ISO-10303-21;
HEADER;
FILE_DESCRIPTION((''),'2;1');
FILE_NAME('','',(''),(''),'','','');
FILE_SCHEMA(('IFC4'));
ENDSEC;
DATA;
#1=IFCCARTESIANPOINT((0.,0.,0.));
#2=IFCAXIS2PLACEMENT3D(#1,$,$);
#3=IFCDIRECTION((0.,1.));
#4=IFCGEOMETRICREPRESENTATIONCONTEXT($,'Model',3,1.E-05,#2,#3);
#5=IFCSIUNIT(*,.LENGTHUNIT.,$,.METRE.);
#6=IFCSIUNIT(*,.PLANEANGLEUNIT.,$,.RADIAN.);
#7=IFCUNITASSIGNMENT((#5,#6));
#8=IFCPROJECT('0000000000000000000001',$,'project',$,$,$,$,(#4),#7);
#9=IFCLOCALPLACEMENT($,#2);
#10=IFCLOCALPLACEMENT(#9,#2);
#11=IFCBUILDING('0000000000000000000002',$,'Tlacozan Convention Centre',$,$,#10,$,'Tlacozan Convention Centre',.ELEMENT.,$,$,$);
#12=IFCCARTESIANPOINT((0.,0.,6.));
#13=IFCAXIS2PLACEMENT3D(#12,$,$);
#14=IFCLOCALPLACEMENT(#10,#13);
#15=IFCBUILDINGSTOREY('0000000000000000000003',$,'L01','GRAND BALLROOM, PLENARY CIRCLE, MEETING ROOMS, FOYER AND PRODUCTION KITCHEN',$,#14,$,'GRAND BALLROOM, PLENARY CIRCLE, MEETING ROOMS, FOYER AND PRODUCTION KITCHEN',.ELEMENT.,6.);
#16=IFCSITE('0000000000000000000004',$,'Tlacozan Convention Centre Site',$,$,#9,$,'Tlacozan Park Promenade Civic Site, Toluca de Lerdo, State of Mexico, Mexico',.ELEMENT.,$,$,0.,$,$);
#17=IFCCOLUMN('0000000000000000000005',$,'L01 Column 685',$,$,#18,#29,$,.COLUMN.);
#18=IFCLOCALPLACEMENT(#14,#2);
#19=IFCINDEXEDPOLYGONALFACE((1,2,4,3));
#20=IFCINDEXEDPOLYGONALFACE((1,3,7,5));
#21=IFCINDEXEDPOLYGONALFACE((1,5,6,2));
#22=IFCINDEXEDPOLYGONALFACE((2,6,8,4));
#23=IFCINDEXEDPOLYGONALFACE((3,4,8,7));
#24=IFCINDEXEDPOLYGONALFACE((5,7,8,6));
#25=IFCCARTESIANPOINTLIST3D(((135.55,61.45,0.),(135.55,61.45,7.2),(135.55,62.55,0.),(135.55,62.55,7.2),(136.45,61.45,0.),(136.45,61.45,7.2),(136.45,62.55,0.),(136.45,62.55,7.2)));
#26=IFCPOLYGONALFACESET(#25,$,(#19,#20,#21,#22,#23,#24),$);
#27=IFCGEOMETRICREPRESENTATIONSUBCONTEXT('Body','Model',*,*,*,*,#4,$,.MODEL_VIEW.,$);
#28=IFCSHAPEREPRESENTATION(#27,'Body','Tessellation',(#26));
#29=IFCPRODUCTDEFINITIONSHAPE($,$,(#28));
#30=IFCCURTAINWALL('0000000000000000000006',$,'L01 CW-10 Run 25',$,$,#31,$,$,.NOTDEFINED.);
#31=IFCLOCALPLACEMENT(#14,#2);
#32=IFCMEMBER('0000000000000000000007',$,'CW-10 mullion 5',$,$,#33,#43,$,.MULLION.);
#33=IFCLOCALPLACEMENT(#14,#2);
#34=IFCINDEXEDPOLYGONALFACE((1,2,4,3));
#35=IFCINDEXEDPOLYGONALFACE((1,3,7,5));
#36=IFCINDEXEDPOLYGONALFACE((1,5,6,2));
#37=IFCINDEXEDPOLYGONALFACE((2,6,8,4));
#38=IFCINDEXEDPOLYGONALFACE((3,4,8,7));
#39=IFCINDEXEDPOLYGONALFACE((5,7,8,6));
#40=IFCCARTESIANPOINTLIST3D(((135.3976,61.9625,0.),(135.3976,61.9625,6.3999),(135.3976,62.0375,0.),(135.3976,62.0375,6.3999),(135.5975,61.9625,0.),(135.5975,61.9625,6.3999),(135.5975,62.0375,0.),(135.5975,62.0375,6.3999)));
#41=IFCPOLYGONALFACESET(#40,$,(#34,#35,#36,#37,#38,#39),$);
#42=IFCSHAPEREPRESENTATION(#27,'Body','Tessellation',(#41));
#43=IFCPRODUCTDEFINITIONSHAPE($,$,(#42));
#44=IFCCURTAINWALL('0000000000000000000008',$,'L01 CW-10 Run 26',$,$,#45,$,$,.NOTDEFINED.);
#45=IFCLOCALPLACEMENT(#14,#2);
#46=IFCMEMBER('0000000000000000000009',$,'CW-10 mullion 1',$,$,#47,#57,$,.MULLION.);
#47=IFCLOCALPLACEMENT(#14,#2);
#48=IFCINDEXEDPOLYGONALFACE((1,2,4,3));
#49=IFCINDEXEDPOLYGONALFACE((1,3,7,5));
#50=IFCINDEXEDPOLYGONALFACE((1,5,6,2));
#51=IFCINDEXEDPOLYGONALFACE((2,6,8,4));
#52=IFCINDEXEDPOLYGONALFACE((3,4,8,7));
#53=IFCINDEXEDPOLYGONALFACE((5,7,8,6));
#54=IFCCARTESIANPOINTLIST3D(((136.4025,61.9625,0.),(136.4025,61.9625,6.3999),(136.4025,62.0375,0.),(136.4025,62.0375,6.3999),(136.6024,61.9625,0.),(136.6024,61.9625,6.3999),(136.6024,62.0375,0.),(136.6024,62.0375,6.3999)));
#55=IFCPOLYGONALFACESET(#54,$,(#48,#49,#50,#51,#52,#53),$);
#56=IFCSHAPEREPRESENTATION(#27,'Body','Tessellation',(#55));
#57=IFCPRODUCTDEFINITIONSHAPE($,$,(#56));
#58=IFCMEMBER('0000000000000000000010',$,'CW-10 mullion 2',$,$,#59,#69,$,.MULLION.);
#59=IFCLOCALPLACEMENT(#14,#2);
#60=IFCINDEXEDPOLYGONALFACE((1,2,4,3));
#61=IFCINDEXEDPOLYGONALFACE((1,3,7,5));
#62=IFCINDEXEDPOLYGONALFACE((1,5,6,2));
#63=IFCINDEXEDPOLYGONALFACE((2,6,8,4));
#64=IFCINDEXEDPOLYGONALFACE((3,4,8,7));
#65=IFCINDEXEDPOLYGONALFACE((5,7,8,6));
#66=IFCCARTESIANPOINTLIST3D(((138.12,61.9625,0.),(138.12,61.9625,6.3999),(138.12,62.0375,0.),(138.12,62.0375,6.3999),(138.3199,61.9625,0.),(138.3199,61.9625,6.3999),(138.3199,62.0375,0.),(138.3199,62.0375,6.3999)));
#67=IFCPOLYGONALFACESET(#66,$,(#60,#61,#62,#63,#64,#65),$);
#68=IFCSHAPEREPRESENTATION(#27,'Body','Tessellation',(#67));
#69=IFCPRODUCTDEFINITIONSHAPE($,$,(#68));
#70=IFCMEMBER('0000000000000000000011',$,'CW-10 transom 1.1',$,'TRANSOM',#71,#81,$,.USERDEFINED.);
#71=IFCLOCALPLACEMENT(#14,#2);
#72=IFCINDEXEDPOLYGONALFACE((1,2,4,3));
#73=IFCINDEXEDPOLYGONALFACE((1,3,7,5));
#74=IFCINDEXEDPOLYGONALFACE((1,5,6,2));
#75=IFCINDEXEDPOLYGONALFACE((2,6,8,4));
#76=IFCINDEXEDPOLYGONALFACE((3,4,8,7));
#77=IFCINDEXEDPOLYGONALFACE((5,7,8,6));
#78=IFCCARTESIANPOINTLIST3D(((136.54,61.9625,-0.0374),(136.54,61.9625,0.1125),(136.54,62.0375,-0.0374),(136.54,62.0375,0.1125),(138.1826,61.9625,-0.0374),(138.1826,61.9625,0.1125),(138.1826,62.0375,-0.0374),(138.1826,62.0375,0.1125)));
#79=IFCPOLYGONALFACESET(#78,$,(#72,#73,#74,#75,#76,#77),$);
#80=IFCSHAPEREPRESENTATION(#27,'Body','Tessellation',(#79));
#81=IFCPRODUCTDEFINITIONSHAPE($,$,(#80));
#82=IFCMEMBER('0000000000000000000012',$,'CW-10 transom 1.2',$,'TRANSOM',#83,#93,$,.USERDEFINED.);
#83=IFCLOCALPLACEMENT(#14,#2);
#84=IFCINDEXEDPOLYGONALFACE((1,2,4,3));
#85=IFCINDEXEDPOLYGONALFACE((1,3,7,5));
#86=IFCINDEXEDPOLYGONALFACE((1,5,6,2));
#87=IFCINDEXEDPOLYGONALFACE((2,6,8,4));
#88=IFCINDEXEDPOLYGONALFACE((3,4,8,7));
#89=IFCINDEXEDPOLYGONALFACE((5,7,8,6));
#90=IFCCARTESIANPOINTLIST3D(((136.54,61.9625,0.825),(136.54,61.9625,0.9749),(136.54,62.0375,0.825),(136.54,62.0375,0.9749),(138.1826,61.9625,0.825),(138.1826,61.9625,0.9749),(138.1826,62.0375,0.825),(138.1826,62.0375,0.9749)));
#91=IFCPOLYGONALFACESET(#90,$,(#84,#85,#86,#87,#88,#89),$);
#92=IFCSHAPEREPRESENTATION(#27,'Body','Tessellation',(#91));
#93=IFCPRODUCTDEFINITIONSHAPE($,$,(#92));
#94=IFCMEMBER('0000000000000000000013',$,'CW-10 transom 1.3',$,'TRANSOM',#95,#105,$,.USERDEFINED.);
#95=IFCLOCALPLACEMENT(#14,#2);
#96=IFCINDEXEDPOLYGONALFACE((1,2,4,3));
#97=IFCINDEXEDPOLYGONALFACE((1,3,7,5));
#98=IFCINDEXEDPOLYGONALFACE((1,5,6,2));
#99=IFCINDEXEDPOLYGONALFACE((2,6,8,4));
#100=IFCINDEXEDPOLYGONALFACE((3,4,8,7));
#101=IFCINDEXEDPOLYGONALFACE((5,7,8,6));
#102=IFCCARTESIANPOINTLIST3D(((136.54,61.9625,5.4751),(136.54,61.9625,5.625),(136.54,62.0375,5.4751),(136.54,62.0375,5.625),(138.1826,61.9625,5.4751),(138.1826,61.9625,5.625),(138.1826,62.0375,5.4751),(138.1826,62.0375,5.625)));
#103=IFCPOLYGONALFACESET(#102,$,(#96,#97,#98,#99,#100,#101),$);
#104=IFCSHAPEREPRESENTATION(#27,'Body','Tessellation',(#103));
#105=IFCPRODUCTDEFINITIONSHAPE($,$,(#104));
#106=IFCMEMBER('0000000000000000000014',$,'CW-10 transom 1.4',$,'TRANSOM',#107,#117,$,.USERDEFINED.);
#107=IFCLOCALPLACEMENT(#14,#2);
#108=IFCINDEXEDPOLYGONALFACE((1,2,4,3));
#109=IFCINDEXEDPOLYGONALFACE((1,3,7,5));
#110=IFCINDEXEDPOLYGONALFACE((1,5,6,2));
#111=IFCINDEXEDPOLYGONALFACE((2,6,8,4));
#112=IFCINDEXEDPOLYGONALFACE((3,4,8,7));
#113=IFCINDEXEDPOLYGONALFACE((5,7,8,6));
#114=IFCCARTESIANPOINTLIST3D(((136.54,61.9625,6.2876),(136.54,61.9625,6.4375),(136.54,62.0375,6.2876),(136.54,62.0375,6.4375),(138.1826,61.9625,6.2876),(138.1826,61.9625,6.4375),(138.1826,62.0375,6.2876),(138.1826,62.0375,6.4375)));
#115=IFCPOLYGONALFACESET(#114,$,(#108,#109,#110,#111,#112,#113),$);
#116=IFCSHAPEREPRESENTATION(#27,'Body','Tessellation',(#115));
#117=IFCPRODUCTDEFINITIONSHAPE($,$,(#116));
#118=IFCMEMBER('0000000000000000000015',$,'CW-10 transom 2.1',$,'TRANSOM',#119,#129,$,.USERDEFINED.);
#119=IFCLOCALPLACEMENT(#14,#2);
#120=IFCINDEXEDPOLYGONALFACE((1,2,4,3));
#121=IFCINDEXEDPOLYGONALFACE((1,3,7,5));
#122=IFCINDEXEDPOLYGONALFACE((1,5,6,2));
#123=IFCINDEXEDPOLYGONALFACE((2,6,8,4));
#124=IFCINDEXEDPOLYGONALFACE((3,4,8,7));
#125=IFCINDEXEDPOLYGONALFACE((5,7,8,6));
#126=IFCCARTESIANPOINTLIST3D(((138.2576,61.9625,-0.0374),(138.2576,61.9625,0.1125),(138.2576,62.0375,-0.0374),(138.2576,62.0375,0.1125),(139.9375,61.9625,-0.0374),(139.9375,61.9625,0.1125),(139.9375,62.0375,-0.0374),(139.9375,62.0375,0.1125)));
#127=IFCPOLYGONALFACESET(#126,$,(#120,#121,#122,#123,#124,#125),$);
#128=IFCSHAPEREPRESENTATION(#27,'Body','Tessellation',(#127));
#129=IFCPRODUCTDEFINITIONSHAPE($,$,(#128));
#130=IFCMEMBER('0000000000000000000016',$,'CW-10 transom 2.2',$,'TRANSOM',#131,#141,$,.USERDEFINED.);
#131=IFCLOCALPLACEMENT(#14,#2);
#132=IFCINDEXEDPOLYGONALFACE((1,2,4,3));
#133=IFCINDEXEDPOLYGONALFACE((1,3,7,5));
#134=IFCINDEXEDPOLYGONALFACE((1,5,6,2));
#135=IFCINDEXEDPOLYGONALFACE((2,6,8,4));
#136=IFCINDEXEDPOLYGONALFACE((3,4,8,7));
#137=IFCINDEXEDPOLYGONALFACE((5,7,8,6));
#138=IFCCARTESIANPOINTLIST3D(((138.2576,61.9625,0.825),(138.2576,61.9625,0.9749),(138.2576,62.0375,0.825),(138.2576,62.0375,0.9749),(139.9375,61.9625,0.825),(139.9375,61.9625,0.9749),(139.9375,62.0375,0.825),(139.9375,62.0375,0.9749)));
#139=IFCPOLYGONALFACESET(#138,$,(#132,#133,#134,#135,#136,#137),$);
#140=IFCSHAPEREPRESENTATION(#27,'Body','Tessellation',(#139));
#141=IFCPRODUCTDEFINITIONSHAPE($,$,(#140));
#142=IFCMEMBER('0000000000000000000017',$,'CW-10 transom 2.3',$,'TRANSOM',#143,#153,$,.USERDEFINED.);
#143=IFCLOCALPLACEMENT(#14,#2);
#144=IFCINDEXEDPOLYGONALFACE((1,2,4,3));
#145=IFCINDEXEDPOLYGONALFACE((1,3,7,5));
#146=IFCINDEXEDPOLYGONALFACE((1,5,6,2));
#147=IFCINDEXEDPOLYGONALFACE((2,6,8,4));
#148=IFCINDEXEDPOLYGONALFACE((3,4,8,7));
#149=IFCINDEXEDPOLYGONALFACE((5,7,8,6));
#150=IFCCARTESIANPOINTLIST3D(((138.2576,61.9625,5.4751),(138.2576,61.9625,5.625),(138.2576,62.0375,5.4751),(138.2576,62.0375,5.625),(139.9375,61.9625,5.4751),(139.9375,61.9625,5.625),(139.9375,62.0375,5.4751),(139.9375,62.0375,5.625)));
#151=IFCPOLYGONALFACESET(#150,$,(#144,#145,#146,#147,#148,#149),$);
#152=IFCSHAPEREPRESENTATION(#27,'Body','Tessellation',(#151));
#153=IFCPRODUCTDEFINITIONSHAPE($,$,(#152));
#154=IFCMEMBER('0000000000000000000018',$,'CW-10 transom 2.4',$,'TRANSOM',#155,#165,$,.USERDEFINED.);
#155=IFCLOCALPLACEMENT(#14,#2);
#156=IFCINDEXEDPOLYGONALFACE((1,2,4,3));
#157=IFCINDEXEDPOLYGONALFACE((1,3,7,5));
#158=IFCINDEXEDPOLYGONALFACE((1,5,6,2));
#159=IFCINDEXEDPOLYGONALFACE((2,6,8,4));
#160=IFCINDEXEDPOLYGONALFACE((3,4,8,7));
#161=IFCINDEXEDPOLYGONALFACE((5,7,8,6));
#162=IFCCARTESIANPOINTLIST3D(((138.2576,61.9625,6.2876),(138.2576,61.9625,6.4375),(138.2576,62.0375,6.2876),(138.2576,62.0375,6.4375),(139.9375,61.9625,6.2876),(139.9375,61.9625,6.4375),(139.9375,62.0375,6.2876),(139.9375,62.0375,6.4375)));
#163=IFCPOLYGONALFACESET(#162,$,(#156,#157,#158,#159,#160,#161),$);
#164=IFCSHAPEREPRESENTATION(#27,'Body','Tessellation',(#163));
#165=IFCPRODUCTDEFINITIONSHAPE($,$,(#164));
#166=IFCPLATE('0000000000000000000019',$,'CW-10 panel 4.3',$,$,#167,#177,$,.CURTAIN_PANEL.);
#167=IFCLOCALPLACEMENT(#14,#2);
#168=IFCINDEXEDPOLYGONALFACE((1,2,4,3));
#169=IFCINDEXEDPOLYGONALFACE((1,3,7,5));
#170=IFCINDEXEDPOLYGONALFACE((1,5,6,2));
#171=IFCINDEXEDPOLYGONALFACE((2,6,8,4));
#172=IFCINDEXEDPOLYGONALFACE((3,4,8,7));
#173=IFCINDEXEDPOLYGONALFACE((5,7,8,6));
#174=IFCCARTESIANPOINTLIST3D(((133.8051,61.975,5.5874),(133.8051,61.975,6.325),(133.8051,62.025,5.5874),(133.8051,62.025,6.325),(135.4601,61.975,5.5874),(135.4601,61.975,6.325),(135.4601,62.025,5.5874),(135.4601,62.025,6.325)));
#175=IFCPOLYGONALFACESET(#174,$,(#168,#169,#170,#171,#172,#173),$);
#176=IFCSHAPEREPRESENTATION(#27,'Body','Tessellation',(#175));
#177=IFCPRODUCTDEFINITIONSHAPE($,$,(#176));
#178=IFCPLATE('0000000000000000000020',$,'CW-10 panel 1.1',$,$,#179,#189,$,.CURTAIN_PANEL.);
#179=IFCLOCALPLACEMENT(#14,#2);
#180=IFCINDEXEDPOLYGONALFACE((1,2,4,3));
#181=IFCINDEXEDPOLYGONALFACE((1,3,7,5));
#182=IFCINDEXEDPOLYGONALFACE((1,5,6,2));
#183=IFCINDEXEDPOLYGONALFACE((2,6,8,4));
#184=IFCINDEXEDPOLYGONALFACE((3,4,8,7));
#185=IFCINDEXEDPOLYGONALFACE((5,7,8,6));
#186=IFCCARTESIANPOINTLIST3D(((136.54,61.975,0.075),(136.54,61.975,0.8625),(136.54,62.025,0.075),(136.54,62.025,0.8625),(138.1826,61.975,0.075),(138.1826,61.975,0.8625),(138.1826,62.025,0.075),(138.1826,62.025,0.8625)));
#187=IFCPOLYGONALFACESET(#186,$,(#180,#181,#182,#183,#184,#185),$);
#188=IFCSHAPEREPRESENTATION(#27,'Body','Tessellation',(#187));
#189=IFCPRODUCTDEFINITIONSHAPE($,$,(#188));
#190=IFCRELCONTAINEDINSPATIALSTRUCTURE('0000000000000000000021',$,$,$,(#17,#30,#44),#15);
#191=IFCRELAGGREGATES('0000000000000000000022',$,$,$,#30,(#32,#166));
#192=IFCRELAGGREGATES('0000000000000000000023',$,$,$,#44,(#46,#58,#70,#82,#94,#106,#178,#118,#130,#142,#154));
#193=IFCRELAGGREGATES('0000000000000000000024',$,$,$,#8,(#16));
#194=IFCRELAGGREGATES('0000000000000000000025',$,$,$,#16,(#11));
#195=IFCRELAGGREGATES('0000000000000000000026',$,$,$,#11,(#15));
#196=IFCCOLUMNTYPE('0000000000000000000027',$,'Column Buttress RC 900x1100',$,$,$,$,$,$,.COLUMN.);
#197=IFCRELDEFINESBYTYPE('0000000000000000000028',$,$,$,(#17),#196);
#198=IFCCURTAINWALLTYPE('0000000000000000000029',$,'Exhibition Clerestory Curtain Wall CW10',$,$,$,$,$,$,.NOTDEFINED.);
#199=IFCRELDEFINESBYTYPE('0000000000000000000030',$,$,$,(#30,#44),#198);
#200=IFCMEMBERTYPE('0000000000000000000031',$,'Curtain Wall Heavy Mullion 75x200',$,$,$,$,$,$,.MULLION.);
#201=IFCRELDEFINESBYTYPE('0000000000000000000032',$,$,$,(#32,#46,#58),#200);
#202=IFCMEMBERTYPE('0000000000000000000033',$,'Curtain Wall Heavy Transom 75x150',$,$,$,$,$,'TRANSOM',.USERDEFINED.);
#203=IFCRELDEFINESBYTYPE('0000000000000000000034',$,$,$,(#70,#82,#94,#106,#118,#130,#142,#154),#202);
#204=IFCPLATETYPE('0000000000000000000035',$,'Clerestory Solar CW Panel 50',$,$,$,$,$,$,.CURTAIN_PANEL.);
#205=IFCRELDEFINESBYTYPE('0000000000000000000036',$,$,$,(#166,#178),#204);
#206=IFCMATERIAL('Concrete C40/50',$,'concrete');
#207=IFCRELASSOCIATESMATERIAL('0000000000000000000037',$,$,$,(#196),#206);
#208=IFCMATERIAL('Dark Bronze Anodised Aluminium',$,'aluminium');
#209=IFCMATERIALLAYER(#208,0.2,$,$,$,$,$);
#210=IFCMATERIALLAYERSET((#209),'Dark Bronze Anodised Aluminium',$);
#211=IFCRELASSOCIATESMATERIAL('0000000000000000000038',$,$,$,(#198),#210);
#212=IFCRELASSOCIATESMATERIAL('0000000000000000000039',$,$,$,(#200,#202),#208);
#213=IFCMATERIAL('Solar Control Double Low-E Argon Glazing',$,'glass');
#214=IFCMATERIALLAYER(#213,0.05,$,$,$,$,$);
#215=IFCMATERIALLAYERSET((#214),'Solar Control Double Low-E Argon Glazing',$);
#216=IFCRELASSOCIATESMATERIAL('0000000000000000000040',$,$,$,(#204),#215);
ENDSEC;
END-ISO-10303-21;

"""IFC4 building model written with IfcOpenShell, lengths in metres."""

from ifc_helpers import new_model, si_unit, direction, frame, origin, origin_2d, place, context, subcontext, project, spatial, rectangle, extrude, material, layer, layer_set, material_profile, profile_set, type_object, element, aggregate, save


model = new_model("IFC4")

# Units and contexts
model_context = context("Model", 3, precision=1e-05, world=origin(), true_north=direction((0.0, 1.0)))
body_context = subcontext(model_context, "Body", "Model", "MODEL_VIEW")
ifc_project = project(units=[si_unit("LENGTHUNIT", "METRE"), si_unit("PLANEANGLEUNIT", "RADIAN")], contexts=[model_context])

# Site, building, storey
site_placement = place(None, origin())
site = spatial("IfcSite", under=ifc_project, at=site_placement, Name="Tlacozan Convention Centre Site", LongName="Tlacozan Park Promenade Civic Site, Toluca de Lerdo, State of Mexico, Mexico", CompositionType="ELEMENT", RefElevation=0.0)
building_placement = place(site_placement, origin())
building = spatial("IfcBuilding", under=site, at=building_placement, Name="Tlacozan Convention Centre", LongName="Tlacozan Convention Centre", CompositionType="ELEMENT")
storey_placement = place(building_placement, frame((0.0, 0.0, 6.0)))
storey = spatial("IfcBuildingStorey", under=building, at=storey_placement, Name="L01", Description="GRAND BALLROOM, PLENARY CIRCLE, MEETING ROOMS, FOYER AND PRODUCTION KITCHEN", LongName="GRAND BALLROOM, PLENARY CIRCLE, MEETING ROOMS, FOYER AND PRODUCTION KITCHEN", CompositionType="ELEMENT", Elevation=6.0)

# Column
ifc_material_1 = material(Name="Concrete C40/50", Category="concrete")
ifc_material_profile_1 = material_profile(ifc_material_1, rectangle(XDim=0.8999, YDim=1.1001, at=origin_2d()), Name="RC 900x1100")
ifc_profile_set_1 = profile_set([ifc_material_profile_1], Name="Concrete C40/50")
column_type = type_object("IfcColumnType", Name="Column Buttress RC 900x1100", PredefinedType="COLUMN", material=ifc_profile_set_1)
column_placement = place(storey_placement, frame((136.0, 62.0, 0.0), z_axis=(0.0, 0.0, 1.0), x_axis=(1.0, 0.0, 0.0)))
element("IfcColumn", 1, at=column_placement, inside=storey, type_object=column_type, Name="L01 Column 685", PredefinedType="COLUMN", context=body_context, shape_type="SweptSolid", body=[
    extrude(rectangle(XDim=0.8999, YDim=1.1001, at=origin_2d()), origin(), (0.0, 0.0, 1.0), 7.2),
])

# Curtain wall, member
ifc_material_2 = material(Name="Dark Bronze Anodised Aluminium", Category="aluminium")
ifc_layer_1 = layer(ifc_material_2, 0.2)
ifc_layer_set_1 = layer_set([ifc_layer_1], Name="Dark Bronze Anodised Aluminium")
curtain_wall_type = type_object("IfcCurtainWallType", Name="Exhibition Clerestory Curtain Wall CW10", PredefinedType="NOTDEFINED", material=ifc_layer_set_1)
curtain_wall_1_placement = place(storey_placement, origin())
curtain_wall_1 = element("IfcCurtainWall", 2, at=curtain_wall_1_placement, inside=storey, type_object=curtain_wall_type, Name="L01 CW-10 Run 25", PredefinedType="NOTDEFINED")
ifc_material_profile_2 = material_profile(ifc_material_2, rectangle(XDim=0.075, YDim=0.2, at=origin_2d()), Name="ALU 75x200")
ifc_profile_set_2 = profile_set([ifc_material_profile_2], Name="Dark Bronze Anodised Aluminium")
member_type_1 = type_object("IfcMemberType", Name="Curtain Wall Heavy Mullion 75x200", PredefinedType="MULLION", material=ifc_profile_set_2)
member_1_placement = place(storey_placement, frame((135.4976, 62.0, 0.0), z_axis=(0.0, 0.0, 1.0), x_axis=(0.0, 1.0, 0.0)))
member_1 = element("IfcMember", 3, at=member_1_placement, type_object=member_type_1, Name="CW-10 mullion 5", PredefinedType="MULLION", context=body_context, shape_type="SweptSolid", body=[
    extrude(rectangle(XDim=0.075, YDim=0.2, at=origin_2d()), origin(), (0.0, 0.0, 1.0), 6.3999),
])

# Curtain wall, members
curtain_wall_2_placement = place(storey_placement, origin())
curtain_wall_2 = element("IfcCurtainWall", 4, at=curtain_wall_2_placement, inside=storey, type_object=curtain_wall_type, Name="L01 CW-10 Run 26", PredefinedType="NOTDEFINED")
member_2_placement = place(storey_placement, frame((136.5024, 62.0, 0.0), z_axis=(0.0, 0.0, 1.0), x_axis=(0.0, 1.0, 0.0)))
member_2 = element("IfcMember", 5, at=member_2_placement, type_object=member_type_1, Name="CW-10 mullion 1", PredefinedType="MULLION", context=body_context, shape_type="SweptSolid", body=[
    extrude(rectangle(XDim=0.075, YDim=0.2, at=origin_2d()), origin(), (0.0, 0.0, 1.0), 6.3999),
])
member_3_placement = place(storey_placement, frame((138.22, 62.0, 0.0), z_axis=(0.0, 0.0, 1.0), x_axis=(0.0, 1.0, 0.0)))
member_3 = element("IfcMember", 6, at=member_3_placement, type_object=member_type_1, Name="CW-10 mullion 2", PredefinedType="MULLION", context=body_context, shape_type="SweptSolid", body=[
    extrude(rectangle(XDim=0.075, YDim=0.2, at=origin_2d()), origin(), (0.0, 0.0, 1.0), 6.3999),
])
ifc_material_profile_3 = material_profile(ifc_material_2, rectangle(XDim=0.075, YDim=0.1499, at=origin_2d()), Name="ALU 75x150")
ifc_profile_set_3 = profile_set([ifc_material_profile_3], Name="Dark Bronze Anodised Aluminium")
member_type_2 = type_object("IfcMemberType", Name="Curtain Wall Heavy Transom 75x150", ElementType="TRANSOM", PredefinedType="USERDEFINED", material=ifc_profile_set_3)
member_4_placement = place(storey_placement, frame((136.54, 62.0, 0.0376), z_axis=(1.0, 0.0, 0.0), x_axis=(0.0, 1.0, 0.0)))
member_4 = element("IfcMember", 7, at=member_4_placement, type_object=member_type_2, Name="CW-10 transom 1.1", ObjectType="TRANSOM", PredefinedType="USERDEFINED", context=body_context, shape_type="SweptSolid", body=[
    extrude(rectangle(XDim=0.075, YDim=0.1499, at=origin_2d()), origin(), (0.0, 0.0, 1.0), 1.6426),
])
member_5_placement = place(storey_placement, frame((136.54, 62.0, 0.8999), z_axis=(1.0, 0.0, 0.0), x_axis=(0.0, 1.0, 0.0)))
member_5 = element("IfcMember", 8, at=member_5_placement, type_object=member_type_2, Name="CW-10 transom 1.2", ObjectType="TRANSOM", PredefinedType="USERDEFINED", context=body_context, shape_type="SweptSolid", body=[
    extrude(rectangle(XDim=0.075, YDim=0.1499, at=origin_2d()), origin(), (0.0, 0.0, 1.0), 1.6426),
])
member_6_placement = place(storey_placement, frame((136.54, 62.0, 5.55), z_axis=(1.0, 0.0, 0.0), x_axis=(0.0, 1.0, 0.0)))
member_6 = element("IfcMember", 9, at=member_6_placement, type_object=member_type_2, Name="CW-10 transom 1.3", ObjectType="TRANSOM", PredefinedType="USERDEFINED", context=body_context, shape_type="SweptSolid", body=[
    extrude(rectangle(XDim=0.075, YDim=0.1499, at=origin_2d()), origin(), (0.0, 0.0, 1.0), 1.6426),
])
member_7_placement = place(storey_placement, frame((136.54, 62.0, 6.3625), z_axis=(1.0, 0.0, 0.0), x_axis=(0.0, 1.0, 0.0)))
member_7 = element("IfcMember", 10, at=member_7_placement, type_object=member_type_2, Name="CW-10 transom 1.4", ObjectType="TRANSOM", PredefinedType="USERDEFINED", context=body_context, shape_type="SweptSolid", body=[
    extrude(rectangle(XDim=0.075, YDim=0.1499, at=origin_2d()), origin(), (0.0, 0.0, 1.0), 1.6426),
])
member_8_placement = place(storey_placement, frame((138.2576, 62.0, 0.0376), z_axis=(1.0, 0.0, 0.0), x_axis=(0.0, 1.0, 0.0)))
member_8 = element("IfcMember", 11, at=member_8_placement, type_object=member_type_2, Name="CW-10 transom 2.1", ObjectType="TRANSOM", PredefinedType="USERDEFINED", context=body_context, shape_type="SweptSolid", body=[
    extrude(rectangle(XDim=0.075, YDim=0.1499, at=origin_2d()), origin(), (0.0, 0.0, 1.0), 1.6799),
])
member_9_placement = place(storey_placement, frame((138.2576, 62.0, 0.8999), z_axis=(1.0, 0.0, 0.0), x_axis=(0.0, 1.0, 0.0)))
member_9 = element("IfcMember", 12, at=member_9_placement, type_object=member_type_2, Name="CW-10 transom 2.2", ObjectType="TRANSOM", PredefinedType="USERDEFINED", context=body_context, shape_type="SweptSolid", body=[
    extrude(rectangle(XDim=0.075, YDim=0.1499, at=origin_2d()), origin(), (0.0, 0.0, 1.0), 1.6799),
])
member_10_placement = place(storey_placement, frame((138.2576, 62.0, 5.55), z_axis=(1.0, 0.0, 0.0), x_axis=(0.0, 1.0, 0.0)))
member_10 = element("IfcMember", 13, at=member_10_placement, type_object=member_type_2, Name="CW-10 transom 2.3", ObjectType="TRANSOM", PredefinedType="USERDEFINED", context=body_context, shape_type="SweptSolid", body=[
    extrude(rectangle(XDim=0.075, YDim=0.1499, at=origin_2d()), origin(), (0.0, 0.0, 1.0), 1.6799),
])
member_11_placement = place(storey_placement, frame((138.2576, 62.0, 6.3625), z_axis=(1.0, 0.0, 0.0), x_axis=(0.0, 1.0, 0.0)))
member_11 = element("IfcMember", 14, at=member_11_placement, type_object=member_type_2, Name="CW-10 transom 2.4", ObjectType="TRANSOM", PredefinedType="USERDEFINED", context=body_context, shape_type="SweptSolid", body=[
    extrude(rectangle(XDim=0.075, YDim=0.1499, at=origin_2d()), origin(), (0.0, 0.0, 1.0), 1.6799),
])

# Plates
ifc_material_3 = material(Name="Solar Control Double Low-E Argon Glazing", Category="glass")
ifc_layer_2 = layer(ifc_material_3, 0.05)
ifc_layer_set_2 = layer_set([ifc_layer_2], Name="Solar Control Double Low-E Argon Glazing")
plate_type = type_object("IfcPlateType", Name="Clerestory Solar CW Panel 50", PredefinedType="CURTAIN_PANEL", material=ifc_layer_set_2)
plate_1_placement = place(storey_placement, frame((134.6326, 62.0, 5.5874), z_axis=(0.0, 0.0, 1.0), x_axis=(1.0, 0.0, 0.0)))
plate_1 = element("IfcPlate", 15, at=plate_1_placement, type_object=plate_type, Name="CW-10 panel 4.3", PredefinedType="CURTAIN_PANEL", context=body_context, shape_type="SweptSolid", body=[
    extrude(rectangle(XDim=1.655, YDim=0.05, at=origin_2d()), origin(), (0.0, 0.0, 1.0), 0.7375),
])
aggregate(curtain_wall_1, [member_1, plate_1])
plate_2_placement = place(storey_placement, frame((137.3613, 62.0, 0.075), z_axis=(0.0, 0.0, 1.0), x_axis=(1.0, 0.0, 0.0)))
plate_2 = element("IfcPlate", 16, at=plate_2_placement, type_object=plate_type, Name="CW-10 panel 1.1", PredefinedType="CURTAIN_PANEL", context=body_context, shape_type="SweptSolid", body=[
    extrude(rectangle(XDim=1.6426, YDim=0.05, at=origin_2d()), origin(), (0.0, 0.0, 1.0), 0.7876),
])
aggregate(curtain_wall_2, [member_2, member_3, member_4, member_5, member_6, member_7, plate_2, member_8, member_9, member_10, member_11])

save(model, "model.ifc")
